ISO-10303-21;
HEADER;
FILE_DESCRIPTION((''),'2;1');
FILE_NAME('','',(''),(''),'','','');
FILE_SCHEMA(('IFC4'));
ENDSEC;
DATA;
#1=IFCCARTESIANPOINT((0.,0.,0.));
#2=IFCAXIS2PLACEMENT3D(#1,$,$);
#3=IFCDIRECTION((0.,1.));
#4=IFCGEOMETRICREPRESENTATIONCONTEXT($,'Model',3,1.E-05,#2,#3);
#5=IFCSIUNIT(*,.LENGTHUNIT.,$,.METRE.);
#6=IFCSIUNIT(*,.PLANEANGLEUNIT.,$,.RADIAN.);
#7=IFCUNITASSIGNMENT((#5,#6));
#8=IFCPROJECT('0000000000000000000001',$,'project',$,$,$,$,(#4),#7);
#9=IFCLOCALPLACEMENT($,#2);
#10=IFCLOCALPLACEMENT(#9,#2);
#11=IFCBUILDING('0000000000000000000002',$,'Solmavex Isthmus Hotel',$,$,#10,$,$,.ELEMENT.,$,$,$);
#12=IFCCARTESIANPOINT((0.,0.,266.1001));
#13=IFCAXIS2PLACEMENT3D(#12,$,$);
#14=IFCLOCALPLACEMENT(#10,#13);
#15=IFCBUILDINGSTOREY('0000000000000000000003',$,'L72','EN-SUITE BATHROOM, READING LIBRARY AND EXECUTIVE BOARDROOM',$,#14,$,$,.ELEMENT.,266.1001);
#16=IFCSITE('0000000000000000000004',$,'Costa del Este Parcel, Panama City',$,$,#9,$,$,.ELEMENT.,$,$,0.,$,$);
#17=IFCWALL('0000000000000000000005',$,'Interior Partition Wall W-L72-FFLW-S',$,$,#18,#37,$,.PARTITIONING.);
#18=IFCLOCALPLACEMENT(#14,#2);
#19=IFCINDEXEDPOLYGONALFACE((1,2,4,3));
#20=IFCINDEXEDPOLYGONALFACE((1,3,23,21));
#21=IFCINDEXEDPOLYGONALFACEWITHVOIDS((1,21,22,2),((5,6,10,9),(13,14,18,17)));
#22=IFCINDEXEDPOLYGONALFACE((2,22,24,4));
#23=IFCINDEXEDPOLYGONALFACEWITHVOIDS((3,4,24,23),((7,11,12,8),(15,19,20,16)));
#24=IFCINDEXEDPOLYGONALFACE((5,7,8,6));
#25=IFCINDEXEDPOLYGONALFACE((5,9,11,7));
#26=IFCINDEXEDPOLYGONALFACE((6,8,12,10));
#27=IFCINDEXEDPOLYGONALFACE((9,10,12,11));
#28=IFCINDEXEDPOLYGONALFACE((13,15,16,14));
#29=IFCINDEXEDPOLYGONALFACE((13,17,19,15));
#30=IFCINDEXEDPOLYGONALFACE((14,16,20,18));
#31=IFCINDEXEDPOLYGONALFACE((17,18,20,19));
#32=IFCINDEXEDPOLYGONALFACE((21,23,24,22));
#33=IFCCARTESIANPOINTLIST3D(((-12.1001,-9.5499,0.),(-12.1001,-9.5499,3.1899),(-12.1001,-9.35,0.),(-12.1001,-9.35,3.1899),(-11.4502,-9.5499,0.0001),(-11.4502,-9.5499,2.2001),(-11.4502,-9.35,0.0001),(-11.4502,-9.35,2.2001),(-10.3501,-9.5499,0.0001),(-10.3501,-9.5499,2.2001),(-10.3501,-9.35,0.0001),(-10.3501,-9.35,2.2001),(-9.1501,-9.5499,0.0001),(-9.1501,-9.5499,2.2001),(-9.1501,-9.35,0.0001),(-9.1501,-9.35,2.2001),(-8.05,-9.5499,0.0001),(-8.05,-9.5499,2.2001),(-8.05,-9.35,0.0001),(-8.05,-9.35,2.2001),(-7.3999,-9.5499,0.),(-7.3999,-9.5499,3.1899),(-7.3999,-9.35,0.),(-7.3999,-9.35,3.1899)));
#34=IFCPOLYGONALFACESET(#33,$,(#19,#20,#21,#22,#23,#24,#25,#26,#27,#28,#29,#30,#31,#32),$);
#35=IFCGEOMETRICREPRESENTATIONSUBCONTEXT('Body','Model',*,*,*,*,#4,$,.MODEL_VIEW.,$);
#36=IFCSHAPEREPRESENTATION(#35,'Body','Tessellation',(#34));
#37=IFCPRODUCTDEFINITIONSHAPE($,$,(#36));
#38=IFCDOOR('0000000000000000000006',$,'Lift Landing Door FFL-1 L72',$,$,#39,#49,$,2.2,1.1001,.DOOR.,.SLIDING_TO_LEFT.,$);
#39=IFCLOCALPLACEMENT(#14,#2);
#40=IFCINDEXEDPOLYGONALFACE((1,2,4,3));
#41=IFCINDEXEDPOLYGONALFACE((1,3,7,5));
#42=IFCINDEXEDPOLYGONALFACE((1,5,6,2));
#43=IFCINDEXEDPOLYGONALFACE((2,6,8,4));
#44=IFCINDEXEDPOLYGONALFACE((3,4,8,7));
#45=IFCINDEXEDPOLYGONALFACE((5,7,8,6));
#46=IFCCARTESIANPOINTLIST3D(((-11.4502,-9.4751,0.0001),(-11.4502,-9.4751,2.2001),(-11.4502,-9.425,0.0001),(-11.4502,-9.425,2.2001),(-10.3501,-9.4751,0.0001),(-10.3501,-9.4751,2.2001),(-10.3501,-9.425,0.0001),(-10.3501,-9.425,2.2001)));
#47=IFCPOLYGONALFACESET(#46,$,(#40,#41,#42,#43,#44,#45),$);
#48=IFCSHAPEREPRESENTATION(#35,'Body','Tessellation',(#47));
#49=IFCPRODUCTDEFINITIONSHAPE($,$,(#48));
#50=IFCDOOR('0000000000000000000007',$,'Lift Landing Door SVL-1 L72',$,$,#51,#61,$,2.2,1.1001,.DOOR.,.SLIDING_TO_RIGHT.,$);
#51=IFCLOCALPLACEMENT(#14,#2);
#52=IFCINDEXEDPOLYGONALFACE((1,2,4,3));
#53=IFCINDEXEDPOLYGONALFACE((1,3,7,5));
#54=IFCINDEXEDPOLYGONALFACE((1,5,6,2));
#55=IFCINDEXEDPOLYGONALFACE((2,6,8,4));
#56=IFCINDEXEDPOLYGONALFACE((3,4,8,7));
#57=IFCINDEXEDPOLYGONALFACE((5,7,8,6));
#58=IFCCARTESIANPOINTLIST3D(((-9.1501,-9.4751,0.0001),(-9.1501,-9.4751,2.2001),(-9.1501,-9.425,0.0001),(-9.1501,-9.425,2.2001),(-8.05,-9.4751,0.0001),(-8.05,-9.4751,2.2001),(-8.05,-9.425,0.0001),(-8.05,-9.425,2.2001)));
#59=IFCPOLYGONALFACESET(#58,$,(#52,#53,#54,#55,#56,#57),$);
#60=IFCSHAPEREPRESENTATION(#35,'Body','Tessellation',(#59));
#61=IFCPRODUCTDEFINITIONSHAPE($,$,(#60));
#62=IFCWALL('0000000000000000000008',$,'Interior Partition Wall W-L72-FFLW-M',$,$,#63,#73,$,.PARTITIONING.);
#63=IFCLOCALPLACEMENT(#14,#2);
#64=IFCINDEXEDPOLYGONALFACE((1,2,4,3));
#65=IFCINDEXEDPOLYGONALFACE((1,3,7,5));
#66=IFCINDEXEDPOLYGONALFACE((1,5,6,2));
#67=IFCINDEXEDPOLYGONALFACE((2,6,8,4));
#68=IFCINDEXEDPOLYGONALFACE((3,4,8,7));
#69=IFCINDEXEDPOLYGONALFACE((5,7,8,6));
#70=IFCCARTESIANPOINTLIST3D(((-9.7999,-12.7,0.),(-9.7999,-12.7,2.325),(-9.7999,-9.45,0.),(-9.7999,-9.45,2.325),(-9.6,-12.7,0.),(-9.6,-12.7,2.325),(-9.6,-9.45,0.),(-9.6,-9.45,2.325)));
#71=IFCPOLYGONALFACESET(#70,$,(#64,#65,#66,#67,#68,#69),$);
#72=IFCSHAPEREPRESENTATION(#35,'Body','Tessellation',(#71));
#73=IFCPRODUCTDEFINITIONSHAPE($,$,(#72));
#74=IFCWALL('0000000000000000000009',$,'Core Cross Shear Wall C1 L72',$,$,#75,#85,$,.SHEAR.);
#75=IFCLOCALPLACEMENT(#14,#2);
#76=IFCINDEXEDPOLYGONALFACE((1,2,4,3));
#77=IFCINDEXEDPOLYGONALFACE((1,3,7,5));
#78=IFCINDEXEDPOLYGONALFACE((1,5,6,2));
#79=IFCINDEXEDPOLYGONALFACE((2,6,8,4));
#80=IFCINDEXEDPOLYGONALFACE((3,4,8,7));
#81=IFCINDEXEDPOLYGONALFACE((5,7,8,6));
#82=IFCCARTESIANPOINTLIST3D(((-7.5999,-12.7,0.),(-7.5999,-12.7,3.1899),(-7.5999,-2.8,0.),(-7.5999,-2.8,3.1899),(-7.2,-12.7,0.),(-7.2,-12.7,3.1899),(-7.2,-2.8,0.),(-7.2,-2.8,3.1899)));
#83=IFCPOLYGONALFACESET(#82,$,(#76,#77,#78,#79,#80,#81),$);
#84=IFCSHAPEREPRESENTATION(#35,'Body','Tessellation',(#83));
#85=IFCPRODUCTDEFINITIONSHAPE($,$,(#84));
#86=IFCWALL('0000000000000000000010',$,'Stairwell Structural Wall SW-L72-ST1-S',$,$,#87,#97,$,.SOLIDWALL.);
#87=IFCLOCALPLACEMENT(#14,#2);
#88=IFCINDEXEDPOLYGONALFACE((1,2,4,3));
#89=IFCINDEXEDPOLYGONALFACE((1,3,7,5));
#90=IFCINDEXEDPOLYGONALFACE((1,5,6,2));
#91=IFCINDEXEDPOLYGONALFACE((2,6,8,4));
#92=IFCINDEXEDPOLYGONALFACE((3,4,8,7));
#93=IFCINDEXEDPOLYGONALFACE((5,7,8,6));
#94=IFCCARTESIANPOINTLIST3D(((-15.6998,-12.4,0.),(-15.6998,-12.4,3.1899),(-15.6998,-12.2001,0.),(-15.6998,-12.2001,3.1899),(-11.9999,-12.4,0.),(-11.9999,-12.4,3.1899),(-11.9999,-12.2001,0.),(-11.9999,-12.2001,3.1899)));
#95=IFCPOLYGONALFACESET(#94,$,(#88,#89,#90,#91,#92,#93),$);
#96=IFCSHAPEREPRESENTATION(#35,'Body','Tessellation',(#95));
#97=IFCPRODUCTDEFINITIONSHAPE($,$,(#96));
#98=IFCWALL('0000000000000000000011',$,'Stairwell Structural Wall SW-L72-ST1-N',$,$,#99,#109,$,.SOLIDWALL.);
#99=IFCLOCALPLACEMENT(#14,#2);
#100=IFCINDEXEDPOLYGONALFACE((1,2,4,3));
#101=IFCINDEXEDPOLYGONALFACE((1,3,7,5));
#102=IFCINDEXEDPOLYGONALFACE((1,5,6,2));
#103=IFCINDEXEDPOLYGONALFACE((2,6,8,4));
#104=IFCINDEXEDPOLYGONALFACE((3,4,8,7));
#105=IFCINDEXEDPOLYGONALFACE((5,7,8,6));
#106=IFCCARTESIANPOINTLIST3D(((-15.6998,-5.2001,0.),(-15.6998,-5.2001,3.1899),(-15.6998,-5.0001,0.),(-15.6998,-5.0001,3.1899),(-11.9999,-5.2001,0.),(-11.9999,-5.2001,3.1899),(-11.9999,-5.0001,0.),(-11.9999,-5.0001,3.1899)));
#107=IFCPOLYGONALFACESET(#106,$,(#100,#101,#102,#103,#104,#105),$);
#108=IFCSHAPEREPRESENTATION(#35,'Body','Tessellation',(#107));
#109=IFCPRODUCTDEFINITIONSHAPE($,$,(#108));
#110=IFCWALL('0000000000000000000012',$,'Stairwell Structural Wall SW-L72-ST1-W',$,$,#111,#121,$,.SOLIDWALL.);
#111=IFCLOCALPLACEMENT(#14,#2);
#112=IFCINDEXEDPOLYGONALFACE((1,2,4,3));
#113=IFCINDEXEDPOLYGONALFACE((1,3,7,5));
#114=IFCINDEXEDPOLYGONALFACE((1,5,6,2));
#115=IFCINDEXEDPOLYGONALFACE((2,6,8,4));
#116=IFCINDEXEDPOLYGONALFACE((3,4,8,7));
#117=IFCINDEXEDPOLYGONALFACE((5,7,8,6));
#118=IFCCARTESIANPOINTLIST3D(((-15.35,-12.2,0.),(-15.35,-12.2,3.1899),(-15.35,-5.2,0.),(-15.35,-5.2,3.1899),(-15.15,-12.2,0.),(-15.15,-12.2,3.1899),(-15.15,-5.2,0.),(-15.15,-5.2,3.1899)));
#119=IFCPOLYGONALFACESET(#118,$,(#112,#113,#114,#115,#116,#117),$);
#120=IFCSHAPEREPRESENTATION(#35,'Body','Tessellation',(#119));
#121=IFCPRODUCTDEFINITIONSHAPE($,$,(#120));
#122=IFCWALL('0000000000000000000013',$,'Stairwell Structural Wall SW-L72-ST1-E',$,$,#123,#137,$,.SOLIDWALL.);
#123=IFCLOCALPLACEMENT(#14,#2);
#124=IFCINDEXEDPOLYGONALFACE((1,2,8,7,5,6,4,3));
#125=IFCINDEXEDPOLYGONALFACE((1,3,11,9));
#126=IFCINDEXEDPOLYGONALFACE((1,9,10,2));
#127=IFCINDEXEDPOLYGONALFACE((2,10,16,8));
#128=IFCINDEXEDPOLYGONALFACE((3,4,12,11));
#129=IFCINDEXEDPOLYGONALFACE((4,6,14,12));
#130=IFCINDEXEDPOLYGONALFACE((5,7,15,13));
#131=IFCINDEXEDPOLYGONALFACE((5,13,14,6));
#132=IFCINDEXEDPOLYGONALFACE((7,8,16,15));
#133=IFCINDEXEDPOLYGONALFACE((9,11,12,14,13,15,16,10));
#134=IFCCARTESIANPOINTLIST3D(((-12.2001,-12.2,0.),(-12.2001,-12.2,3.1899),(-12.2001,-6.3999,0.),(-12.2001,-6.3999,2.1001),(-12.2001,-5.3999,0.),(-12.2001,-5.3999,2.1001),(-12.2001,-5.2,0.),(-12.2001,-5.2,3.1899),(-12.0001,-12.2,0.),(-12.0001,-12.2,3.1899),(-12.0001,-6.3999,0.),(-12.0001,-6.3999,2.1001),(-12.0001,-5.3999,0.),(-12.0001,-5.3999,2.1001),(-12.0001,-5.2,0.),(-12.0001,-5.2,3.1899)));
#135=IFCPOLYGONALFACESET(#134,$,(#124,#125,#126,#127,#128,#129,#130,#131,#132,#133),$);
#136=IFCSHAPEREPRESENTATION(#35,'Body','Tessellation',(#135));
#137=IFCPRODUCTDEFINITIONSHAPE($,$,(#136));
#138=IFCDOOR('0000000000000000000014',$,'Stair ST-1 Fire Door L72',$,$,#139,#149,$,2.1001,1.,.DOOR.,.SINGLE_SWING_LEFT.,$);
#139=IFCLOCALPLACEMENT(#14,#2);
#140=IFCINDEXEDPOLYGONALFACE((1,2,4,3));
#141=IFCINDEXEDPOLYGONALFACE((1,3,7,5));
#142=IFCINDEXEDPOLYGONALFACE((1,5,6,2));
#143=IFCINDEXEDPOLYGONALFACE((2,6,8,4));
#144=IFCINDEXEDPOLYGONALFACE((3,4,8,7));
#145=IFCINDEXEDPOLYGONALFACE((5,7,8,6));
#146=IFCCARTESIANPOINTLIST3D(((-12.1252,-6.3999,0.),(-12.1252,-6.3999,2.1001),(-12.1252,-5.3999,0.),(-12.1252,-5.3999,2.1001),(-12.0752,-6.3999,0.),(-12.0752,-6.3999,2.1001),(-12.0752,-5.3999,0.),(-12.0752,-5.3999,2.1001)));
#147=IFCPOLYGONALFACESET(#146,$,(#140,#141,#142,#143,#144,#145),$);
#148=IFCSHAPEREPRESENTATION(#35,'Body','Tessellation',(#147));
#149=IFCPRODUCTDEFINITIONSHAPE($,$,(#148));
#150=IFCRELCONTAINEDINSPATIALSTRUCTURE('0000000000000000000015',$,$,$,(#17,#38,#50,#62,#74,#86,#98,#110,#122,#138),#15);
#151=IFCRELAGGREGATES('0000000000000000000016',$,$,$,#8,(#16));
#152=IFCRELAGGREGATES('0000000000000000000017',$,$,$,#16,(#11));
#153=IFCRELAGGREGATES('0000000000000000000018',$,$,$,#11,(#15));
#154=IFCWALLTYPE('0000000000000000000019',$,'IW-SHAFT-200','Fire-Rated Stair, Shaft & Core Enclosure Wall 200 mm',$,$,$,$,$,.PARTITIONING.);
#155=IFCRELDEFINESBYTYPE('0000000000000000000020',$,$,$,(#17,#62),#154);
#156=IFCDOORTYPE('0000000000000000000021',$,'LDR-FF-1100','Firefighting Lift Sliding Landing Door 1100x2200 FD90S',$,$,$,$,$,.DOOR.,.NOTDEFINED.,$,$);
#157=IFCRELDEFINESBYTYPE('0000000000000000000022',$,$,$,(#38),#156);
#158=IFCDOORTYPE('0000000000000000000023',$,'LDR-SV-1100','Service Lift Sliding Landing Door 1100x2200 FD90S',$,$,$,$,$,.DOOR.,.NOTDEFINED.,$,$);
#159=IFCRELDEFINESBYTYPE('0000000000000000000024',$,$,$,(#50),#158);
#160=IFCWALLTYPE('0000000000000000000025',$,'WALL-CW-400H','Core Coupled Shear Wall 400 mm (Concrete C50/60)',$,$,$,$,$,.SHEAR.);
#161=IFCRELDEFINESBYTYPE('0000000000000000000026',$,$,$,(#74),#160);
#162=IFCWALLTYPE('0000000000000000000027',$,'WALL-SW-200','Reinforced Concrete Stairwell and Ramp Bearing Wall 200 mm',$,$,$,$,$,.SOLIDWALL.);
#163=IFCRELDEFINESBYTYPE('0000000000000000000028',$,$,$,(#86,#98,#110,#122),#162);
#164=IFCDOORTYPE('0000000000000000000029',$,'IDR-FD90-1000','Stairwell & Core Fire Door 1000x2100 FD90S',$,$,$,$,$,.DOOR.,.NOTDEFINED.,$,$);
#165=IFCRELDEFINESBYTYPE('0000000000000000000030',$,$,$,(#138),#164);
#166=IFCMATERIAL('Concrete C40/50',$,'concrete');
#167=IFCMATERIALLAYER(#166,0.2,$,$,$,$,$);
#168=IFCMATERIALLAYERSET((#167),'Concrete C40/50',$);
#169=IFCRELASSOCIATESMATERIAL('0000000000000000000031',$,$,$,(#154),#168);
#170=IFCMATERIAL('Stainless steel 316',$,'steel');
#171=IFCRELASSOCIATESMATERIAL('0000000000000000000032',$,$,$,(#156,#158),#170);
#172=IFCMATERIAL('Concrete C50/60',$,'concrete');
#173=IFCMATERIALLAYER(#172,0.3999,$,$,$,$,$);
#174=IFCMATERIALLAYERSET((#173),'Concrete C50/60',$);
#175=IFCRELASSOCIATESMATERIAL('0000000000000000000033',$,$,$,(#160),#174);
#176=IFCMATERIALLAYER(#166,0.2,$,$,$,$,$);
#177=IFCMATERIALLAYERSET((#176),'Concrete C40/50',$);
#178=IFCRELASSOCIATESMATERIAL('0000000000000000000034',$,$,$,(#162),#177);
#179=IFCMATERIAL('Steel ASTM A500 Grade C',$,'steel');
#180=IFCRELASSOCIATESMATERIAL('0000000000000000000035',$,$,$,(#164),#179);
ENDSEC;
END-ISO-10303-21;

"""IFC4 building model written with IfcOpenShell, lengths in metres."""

from ifc_helpers import new_model, si_unit, direction, frame, frame_2d, origin, place, context, subcontext, project, spatial, rectangle, extrude, material, layer, layer_set, type_object, element, fill, save


model = new_model("IFC4")

# Units and contexts
model_context = context("Model", 3, precision=1e-05, world=origin(), true_north=direction((0.0, 1.0)))
body_context = subcontext(model_context, "Body", "Model", "MODEL_VIEW")
ifc_project = project(units=[si_unit("LENGTHUNIT", "METRE"), si_unit("PLANEANGLEUNIT", "RADIAN")], contexts=[model_context])

# Site, building, storey
site_placement = place(None, origin())
site = spatial("IfcSite", under=ifc_project, at=site_placement, Name="Costa del Este Parcel, Panama City", CompositionType="ELEMENT", RefElevation=0.0)
building_placement = place(site_placement, origin())
building = spatial("IfcBuilding", under=site, at=building_placement, Name="Solmavex Isthmus Hotel", CompositionType="ELEMENT")
storey_placement = place(building_placement, frame((0.0, 0.0, 266.1001)))
storey = spatial("IfcBuildingStorey", under=building, at=storey_placement, Name="L72", Description="EN-SUITE BATHROOM, READING LIBRARY AND EXECUTIVE BOARDROOM", CompositionType="ELEMENT", Elevation=266.1001)

# Shared definitions
ifc_material_1 = material(Name="Concrete C50/60", Category="concrete")

# Shared definitions
ifc_material_2 = material(Name="Concrete C40/50", Category="concrete")
ifc_layer_1 = layer(ifc_material_2, 0.2)
ifc_layer_set_1 = layer_set([ifc_layer_1], Name="Concrete C40/50")
wall_type_1 = type_object("IfcWallType", Name="IW-SHAFT-200", Description="Fire-Rated Stair, Shaft & Core Enclosure Wall 200 mm", PredefinedType="PARTITIONING", material=ifc_layer_set_1)
ifc_material_3 = material(Name="Steel ASTM A500 Grade C", Category="steel")

# Wall, openings, doors
wall_1_placement = place(storey_placement, frame((-12.1001, -9.45, 0.0), z_axis=(0.0, 0.0, 1.0), x_axis=(1.0, 0.0, 0.0)))
wall_1 = element("IfcWall", 1, at=wall_1_placement, inside=storey, type_object=wall_type_1, Name="Interior Partition Wall W-L72-FFLW-S", PredefinedType="PARTITIONING", context=body_context, shape_type="SweptSolid", body=[
    extrude(rectangle(XDim=4.7002, YDim=0.2, at=frame_2d((2.3501, 0.0))), origin(), (0.0, 0.0, 1.0), 3.1899),
])
opening_1_placement = place(wall_1_placement, frame((0.6499, 0.0, 0.0)))
opening_1 = element("IfcOpeningElement", 2, at=opening_1_placement, cuts=wall_1, PredefinedType="OPENING", context=body_context, shape_type="SweptSolid", body=[
    extrude(rectangle(XDim=1.1001, YDim=2.2, at=frame_2d((0.55, 1.1001))), frame((0.0, 0.1099, 0.0), z_axis=(0.0, -1.0, 0.0), x_axis=(1.0, 0.0, 0.0)), (0.0, 0.0, 1.0), 0.22),
])
opening_2_placement = place(wall_1_placement, frame((2.95, 0.0, 0.0)))
opening_2 = element("IfcOpeningElement", 3, at=opening_2_placement, cuts=wall_1, PredefinedType="OPENING", context=body_context, shape_type="SweptSolid", body=[
    extrude(rectangle(XDim=1.1001, YDim=2.2, at=frame_2d((0.55, 1.1001))), frame((0.0, 0.1099, 0.0), z_axis=(0.0, -1.0, 0.0), x_axis=(1.0, 0.0, 0.0)), (0.0, 0.0, 1.0), 0.22),
])
ifc_material_4 = material(Name="Stainless steel 316", Category="steel")
door_type_1 = type_object("IfcDoorType", Name="LDR-FF-1100", Description="Firefighting Lift Sliding Landing Door 1100x2200 FD90S", OperationType="NOTDEFINED", PredefinedType="DOOR", material=ifc_material_4)
door_1_placement = place(opening_1_placement, origin())
door_1 = element("IfcDoor", 4, at=door_1_placement, inside=storey, type_object=door_type_1, Name="Lift Landing Door FFL-1 L72", OperationType="SLIDING_TO_LEFT", OverallHeight=2.2, OverallWidth=1.1001, PredefinedType="DOOR", context=body_context, shape_type="SweptSolid", body=[
    extrude(rectangle(XDim=1.1001, YDim=2.2, at=frame_2d((0.55, 1.1001))), frame((0.0, 0.0249, 0.0), z_axis=(0.0, -1.0, 0.0), x_axis=(1.0, 0.0, 0.0)), (0.0, 0.0, 1.0), 0.05),
])
fill(opening_1, door_1)
door_type_2 = type_object("IfcDoorType", Name="LDR-SV-1100", Description="Service Lift Sliding Landing Door 1100x2200 FD90S", OperationType="NOTDEFINED", PredefinedType="DOOR", material=ifc_material_4)
door_2_placement = place(opening_2_placement, origin())
door_2 = element("IfcDoor", 5, at=door_2_placement, inside=storey, type_object=door_type_2, Name="Lift Landing Door SVL-1 L72", OperationType="SLIDING_TO_RIGHT", OverallHeight=2.2, OverallWidth=1.1001, PredefinedType="DOOR", context=body_context, shape_type="SweptSolid", body=[
    extrude(rectangle(XDim=1.1001, YDim=2.2, at=frame_2d((0.55, 1.1001))), frame((0.0, 0.0249, 0.0), z_axis=(0.0, -1.0, 0.0), x_axis=(1.0, 0.0, 0.0)), (0.0, 0.0, 1.0), 0.05),
])
fill(opening_2, door_2)

# Walls
wall_2_placement = place(storey_placement, frame((-9.7, -12.7, 0.0), z_axis=(0.0, 0.0, 1.0), x_axis=(0.0, 1.0, 0.0)))
element("IfcWall", 6, at=wall_2_placement, inside=storey, type_object=wall_type_1, Name="Interior Partition Wall W-L72-FFLW-M", PredefinedType="PARTITIONING", context=body_context, shape_type="SweptSolid", body=[
    extrude(rectangle(XDim=3.25, YDim=0.2, at=frame_2d((1.625, 0.0))), origin(), (0.0, 0.0, 1.0), 2.325),
])
ifc_layer_2 = layer(ifc_material_1, 0.3999)
ifc_layer_set_2 = layer_set([ifc_layer_2], Name="Concrete C50/60")
wall_type_2 = type_object("IfcWallType", Name="WALL-CW-400H", Description="Core Coupled Shear Wall 400 mm (Concrete C50/60)", PredefinedType="SHEAR", material=ifc_layer_set_2)
wall_3_placement = place(storey_placement, frame((-7.3999, -12.7, 0.0), z_axis=(0.0, 0.0, 1.0), x_axis=(0.0, 1.0, 0.0)))
element("IfcWall", 7, at=wall_3_placement, inside=storey, type_object=wall_type_2, Name="Core Cross Shear Wall C1 L72", PredefinedType="SHEAR", context=body_context, shape_type="SweptSolid", body=[
    extrude(rectangle(XDim=9.8999, YDim=0.3999, at=frame_2d((4.95, 0.0))), origin(), (0.0, 0.0, 1.0), 3.1899),
])
ifc_layer_3 = layer(ifc_material_2, 0.2)
ifc_layer_set_3 = layer_set([ifc_layer_3], Name="Concrete C40/50")
wall_type_3 = type_object("IfcWallType", Name="WALL-SW-200", Description="Reinforced Concrete Stairwell and Ramp Bearing Wall 200 mm", PredefinedType="SOLIDWALL", material=ifc_layer_set_3)
for number, where, z_axis, x_axis, name in (
    (8, (-15.7, -12.3, 0.0), (0.0, 0.0, 1.0), (1.0, 0.0, 0.0), "Stairwell Structural Wall SW-L72-ST1-S"),
    (9, (-15.7, -5.1001, 0.0), (0.0, 0.0, 1.0), (1.0, 0.0, 0.0), "Stairwell Structural Wall SW-L72-ST1-N"),
):
    element("IfcWall", number, at=place(storey_placement, frame(where, z_axis=z_axis, x_axis=x_axis)), inside=storey, type_object=wall_type_3, Name=name, PredefinedType="SOLIDWALL", context=body_context, shape_type="SweptSolid", body=[
        extrude(rectangle(XDim=3.7, YDim=0.2, at=frame_2d((1.8501, 0.0))), origin(), (0.0, 0.0, 1.0), 3.1899),
    ])
wall_4_placement = place(storey_placement, frame((-15.25, -12.2, 0.0), z_axis=(0.0, 0.0, 1.0), x_axis=(0.0, 1.0, 0.0)))
element("IfcWall", 10, at=wall_4_placement, inside=storey, type_object=wall_type_3, Name="Stairwell Structural Wall SW-L72-ST1-W", PredefinedType="SOLIDWALL", context=body_context, shape_type="SweptSolid", body=[
    extrude(rectangle(XDim=7.0, YDim=0.2, at=frame_2d((3.5, 0.0))), origin(), (0.0, 0.0, 1.0), 3.1899),
])

# Wall, opening, door
wall_5_placement = place(storey_placement, frame((-12.1001, -12.2, 0.0), z_axis=(0.0, 0.0, 1.0), x_axis=(0.0, 1.0, 0.0)))
wall_5 = element("IfcWall", 11, at=wall_5_placement, inside=storey, type_object=wall_type_3, Name="Stairwell Structural Wall SW-L72-ST1-E", PredefinedType="SOLIDWALL", context=body_context, shape_type="SweptSolid", body=[
    extrude(rectangle(XDim=7.0, YDim=0.2, at=frame_2d((3.5, 0.0))), origin(), (0.0, 0.0, 1.0), 3.1899),
])
opening_3_placement = place(wall_5_placement, frame((5.8, 0.0, 0.0)))
opening_3 = element("IfcOpeningElement", 12, at=opening_3_placement, cuts=wall_5, PredefinedType="OPENING", context=body_context, shape_type="SweptSolid", body=[
    extrude(rectangle(XDim=1.0, YDim=2.1001, at=frame_2d((0.5, 1.05))), frame((0.0, 0.1099, 0.0), z_axis=(0.0, -1.0, 0.0), x_axis=(1.0, 0.0, 0.0)), (0.0, 0.0, 1.0), 0.22),
])
door_type_3 = type_object("IfcDoorType", Name="IDR-FD90-1000", Description="Stairwell & Core Fire Door 1000x2100 FD90S", OperationType="NOTDEFINED", PredefinedType="DOOR", material=ifc_material_3)
door_3_placement = place(opening_3_placement, frame((1.0, 0.0, 0.0), z_axis=(0.0, 0.0, 1.0), x_axis=(-1.0, 0.0, 0.0)))
door_3 = element("IfcDoor", 13, at=door_3_placement, inside=storey, type_object=door_type_3, Name="Stair ST-1 Fire Door L72", OperationType="SINGLE_SWING_LEFT", OverallHeight=2.1001, OverallWidth=1.0, PredefinedType="DOOR", context=body_context, shape_type="SweptSolid", body=[
    extrude(rectangle(XDim=1.0, YDim=2.1001, at=frame_2d((0.5, 1.05))), frame((0.0, 0.0249, 0.0), z_axis=(0.0, -1.0, 0.0), x_axis=(1.0, 0.0, 0.0)), (0.0, 0.0, 1.0), 0.05),
])
fill(opening_3, door_3)

save(model, "model.ifc")
